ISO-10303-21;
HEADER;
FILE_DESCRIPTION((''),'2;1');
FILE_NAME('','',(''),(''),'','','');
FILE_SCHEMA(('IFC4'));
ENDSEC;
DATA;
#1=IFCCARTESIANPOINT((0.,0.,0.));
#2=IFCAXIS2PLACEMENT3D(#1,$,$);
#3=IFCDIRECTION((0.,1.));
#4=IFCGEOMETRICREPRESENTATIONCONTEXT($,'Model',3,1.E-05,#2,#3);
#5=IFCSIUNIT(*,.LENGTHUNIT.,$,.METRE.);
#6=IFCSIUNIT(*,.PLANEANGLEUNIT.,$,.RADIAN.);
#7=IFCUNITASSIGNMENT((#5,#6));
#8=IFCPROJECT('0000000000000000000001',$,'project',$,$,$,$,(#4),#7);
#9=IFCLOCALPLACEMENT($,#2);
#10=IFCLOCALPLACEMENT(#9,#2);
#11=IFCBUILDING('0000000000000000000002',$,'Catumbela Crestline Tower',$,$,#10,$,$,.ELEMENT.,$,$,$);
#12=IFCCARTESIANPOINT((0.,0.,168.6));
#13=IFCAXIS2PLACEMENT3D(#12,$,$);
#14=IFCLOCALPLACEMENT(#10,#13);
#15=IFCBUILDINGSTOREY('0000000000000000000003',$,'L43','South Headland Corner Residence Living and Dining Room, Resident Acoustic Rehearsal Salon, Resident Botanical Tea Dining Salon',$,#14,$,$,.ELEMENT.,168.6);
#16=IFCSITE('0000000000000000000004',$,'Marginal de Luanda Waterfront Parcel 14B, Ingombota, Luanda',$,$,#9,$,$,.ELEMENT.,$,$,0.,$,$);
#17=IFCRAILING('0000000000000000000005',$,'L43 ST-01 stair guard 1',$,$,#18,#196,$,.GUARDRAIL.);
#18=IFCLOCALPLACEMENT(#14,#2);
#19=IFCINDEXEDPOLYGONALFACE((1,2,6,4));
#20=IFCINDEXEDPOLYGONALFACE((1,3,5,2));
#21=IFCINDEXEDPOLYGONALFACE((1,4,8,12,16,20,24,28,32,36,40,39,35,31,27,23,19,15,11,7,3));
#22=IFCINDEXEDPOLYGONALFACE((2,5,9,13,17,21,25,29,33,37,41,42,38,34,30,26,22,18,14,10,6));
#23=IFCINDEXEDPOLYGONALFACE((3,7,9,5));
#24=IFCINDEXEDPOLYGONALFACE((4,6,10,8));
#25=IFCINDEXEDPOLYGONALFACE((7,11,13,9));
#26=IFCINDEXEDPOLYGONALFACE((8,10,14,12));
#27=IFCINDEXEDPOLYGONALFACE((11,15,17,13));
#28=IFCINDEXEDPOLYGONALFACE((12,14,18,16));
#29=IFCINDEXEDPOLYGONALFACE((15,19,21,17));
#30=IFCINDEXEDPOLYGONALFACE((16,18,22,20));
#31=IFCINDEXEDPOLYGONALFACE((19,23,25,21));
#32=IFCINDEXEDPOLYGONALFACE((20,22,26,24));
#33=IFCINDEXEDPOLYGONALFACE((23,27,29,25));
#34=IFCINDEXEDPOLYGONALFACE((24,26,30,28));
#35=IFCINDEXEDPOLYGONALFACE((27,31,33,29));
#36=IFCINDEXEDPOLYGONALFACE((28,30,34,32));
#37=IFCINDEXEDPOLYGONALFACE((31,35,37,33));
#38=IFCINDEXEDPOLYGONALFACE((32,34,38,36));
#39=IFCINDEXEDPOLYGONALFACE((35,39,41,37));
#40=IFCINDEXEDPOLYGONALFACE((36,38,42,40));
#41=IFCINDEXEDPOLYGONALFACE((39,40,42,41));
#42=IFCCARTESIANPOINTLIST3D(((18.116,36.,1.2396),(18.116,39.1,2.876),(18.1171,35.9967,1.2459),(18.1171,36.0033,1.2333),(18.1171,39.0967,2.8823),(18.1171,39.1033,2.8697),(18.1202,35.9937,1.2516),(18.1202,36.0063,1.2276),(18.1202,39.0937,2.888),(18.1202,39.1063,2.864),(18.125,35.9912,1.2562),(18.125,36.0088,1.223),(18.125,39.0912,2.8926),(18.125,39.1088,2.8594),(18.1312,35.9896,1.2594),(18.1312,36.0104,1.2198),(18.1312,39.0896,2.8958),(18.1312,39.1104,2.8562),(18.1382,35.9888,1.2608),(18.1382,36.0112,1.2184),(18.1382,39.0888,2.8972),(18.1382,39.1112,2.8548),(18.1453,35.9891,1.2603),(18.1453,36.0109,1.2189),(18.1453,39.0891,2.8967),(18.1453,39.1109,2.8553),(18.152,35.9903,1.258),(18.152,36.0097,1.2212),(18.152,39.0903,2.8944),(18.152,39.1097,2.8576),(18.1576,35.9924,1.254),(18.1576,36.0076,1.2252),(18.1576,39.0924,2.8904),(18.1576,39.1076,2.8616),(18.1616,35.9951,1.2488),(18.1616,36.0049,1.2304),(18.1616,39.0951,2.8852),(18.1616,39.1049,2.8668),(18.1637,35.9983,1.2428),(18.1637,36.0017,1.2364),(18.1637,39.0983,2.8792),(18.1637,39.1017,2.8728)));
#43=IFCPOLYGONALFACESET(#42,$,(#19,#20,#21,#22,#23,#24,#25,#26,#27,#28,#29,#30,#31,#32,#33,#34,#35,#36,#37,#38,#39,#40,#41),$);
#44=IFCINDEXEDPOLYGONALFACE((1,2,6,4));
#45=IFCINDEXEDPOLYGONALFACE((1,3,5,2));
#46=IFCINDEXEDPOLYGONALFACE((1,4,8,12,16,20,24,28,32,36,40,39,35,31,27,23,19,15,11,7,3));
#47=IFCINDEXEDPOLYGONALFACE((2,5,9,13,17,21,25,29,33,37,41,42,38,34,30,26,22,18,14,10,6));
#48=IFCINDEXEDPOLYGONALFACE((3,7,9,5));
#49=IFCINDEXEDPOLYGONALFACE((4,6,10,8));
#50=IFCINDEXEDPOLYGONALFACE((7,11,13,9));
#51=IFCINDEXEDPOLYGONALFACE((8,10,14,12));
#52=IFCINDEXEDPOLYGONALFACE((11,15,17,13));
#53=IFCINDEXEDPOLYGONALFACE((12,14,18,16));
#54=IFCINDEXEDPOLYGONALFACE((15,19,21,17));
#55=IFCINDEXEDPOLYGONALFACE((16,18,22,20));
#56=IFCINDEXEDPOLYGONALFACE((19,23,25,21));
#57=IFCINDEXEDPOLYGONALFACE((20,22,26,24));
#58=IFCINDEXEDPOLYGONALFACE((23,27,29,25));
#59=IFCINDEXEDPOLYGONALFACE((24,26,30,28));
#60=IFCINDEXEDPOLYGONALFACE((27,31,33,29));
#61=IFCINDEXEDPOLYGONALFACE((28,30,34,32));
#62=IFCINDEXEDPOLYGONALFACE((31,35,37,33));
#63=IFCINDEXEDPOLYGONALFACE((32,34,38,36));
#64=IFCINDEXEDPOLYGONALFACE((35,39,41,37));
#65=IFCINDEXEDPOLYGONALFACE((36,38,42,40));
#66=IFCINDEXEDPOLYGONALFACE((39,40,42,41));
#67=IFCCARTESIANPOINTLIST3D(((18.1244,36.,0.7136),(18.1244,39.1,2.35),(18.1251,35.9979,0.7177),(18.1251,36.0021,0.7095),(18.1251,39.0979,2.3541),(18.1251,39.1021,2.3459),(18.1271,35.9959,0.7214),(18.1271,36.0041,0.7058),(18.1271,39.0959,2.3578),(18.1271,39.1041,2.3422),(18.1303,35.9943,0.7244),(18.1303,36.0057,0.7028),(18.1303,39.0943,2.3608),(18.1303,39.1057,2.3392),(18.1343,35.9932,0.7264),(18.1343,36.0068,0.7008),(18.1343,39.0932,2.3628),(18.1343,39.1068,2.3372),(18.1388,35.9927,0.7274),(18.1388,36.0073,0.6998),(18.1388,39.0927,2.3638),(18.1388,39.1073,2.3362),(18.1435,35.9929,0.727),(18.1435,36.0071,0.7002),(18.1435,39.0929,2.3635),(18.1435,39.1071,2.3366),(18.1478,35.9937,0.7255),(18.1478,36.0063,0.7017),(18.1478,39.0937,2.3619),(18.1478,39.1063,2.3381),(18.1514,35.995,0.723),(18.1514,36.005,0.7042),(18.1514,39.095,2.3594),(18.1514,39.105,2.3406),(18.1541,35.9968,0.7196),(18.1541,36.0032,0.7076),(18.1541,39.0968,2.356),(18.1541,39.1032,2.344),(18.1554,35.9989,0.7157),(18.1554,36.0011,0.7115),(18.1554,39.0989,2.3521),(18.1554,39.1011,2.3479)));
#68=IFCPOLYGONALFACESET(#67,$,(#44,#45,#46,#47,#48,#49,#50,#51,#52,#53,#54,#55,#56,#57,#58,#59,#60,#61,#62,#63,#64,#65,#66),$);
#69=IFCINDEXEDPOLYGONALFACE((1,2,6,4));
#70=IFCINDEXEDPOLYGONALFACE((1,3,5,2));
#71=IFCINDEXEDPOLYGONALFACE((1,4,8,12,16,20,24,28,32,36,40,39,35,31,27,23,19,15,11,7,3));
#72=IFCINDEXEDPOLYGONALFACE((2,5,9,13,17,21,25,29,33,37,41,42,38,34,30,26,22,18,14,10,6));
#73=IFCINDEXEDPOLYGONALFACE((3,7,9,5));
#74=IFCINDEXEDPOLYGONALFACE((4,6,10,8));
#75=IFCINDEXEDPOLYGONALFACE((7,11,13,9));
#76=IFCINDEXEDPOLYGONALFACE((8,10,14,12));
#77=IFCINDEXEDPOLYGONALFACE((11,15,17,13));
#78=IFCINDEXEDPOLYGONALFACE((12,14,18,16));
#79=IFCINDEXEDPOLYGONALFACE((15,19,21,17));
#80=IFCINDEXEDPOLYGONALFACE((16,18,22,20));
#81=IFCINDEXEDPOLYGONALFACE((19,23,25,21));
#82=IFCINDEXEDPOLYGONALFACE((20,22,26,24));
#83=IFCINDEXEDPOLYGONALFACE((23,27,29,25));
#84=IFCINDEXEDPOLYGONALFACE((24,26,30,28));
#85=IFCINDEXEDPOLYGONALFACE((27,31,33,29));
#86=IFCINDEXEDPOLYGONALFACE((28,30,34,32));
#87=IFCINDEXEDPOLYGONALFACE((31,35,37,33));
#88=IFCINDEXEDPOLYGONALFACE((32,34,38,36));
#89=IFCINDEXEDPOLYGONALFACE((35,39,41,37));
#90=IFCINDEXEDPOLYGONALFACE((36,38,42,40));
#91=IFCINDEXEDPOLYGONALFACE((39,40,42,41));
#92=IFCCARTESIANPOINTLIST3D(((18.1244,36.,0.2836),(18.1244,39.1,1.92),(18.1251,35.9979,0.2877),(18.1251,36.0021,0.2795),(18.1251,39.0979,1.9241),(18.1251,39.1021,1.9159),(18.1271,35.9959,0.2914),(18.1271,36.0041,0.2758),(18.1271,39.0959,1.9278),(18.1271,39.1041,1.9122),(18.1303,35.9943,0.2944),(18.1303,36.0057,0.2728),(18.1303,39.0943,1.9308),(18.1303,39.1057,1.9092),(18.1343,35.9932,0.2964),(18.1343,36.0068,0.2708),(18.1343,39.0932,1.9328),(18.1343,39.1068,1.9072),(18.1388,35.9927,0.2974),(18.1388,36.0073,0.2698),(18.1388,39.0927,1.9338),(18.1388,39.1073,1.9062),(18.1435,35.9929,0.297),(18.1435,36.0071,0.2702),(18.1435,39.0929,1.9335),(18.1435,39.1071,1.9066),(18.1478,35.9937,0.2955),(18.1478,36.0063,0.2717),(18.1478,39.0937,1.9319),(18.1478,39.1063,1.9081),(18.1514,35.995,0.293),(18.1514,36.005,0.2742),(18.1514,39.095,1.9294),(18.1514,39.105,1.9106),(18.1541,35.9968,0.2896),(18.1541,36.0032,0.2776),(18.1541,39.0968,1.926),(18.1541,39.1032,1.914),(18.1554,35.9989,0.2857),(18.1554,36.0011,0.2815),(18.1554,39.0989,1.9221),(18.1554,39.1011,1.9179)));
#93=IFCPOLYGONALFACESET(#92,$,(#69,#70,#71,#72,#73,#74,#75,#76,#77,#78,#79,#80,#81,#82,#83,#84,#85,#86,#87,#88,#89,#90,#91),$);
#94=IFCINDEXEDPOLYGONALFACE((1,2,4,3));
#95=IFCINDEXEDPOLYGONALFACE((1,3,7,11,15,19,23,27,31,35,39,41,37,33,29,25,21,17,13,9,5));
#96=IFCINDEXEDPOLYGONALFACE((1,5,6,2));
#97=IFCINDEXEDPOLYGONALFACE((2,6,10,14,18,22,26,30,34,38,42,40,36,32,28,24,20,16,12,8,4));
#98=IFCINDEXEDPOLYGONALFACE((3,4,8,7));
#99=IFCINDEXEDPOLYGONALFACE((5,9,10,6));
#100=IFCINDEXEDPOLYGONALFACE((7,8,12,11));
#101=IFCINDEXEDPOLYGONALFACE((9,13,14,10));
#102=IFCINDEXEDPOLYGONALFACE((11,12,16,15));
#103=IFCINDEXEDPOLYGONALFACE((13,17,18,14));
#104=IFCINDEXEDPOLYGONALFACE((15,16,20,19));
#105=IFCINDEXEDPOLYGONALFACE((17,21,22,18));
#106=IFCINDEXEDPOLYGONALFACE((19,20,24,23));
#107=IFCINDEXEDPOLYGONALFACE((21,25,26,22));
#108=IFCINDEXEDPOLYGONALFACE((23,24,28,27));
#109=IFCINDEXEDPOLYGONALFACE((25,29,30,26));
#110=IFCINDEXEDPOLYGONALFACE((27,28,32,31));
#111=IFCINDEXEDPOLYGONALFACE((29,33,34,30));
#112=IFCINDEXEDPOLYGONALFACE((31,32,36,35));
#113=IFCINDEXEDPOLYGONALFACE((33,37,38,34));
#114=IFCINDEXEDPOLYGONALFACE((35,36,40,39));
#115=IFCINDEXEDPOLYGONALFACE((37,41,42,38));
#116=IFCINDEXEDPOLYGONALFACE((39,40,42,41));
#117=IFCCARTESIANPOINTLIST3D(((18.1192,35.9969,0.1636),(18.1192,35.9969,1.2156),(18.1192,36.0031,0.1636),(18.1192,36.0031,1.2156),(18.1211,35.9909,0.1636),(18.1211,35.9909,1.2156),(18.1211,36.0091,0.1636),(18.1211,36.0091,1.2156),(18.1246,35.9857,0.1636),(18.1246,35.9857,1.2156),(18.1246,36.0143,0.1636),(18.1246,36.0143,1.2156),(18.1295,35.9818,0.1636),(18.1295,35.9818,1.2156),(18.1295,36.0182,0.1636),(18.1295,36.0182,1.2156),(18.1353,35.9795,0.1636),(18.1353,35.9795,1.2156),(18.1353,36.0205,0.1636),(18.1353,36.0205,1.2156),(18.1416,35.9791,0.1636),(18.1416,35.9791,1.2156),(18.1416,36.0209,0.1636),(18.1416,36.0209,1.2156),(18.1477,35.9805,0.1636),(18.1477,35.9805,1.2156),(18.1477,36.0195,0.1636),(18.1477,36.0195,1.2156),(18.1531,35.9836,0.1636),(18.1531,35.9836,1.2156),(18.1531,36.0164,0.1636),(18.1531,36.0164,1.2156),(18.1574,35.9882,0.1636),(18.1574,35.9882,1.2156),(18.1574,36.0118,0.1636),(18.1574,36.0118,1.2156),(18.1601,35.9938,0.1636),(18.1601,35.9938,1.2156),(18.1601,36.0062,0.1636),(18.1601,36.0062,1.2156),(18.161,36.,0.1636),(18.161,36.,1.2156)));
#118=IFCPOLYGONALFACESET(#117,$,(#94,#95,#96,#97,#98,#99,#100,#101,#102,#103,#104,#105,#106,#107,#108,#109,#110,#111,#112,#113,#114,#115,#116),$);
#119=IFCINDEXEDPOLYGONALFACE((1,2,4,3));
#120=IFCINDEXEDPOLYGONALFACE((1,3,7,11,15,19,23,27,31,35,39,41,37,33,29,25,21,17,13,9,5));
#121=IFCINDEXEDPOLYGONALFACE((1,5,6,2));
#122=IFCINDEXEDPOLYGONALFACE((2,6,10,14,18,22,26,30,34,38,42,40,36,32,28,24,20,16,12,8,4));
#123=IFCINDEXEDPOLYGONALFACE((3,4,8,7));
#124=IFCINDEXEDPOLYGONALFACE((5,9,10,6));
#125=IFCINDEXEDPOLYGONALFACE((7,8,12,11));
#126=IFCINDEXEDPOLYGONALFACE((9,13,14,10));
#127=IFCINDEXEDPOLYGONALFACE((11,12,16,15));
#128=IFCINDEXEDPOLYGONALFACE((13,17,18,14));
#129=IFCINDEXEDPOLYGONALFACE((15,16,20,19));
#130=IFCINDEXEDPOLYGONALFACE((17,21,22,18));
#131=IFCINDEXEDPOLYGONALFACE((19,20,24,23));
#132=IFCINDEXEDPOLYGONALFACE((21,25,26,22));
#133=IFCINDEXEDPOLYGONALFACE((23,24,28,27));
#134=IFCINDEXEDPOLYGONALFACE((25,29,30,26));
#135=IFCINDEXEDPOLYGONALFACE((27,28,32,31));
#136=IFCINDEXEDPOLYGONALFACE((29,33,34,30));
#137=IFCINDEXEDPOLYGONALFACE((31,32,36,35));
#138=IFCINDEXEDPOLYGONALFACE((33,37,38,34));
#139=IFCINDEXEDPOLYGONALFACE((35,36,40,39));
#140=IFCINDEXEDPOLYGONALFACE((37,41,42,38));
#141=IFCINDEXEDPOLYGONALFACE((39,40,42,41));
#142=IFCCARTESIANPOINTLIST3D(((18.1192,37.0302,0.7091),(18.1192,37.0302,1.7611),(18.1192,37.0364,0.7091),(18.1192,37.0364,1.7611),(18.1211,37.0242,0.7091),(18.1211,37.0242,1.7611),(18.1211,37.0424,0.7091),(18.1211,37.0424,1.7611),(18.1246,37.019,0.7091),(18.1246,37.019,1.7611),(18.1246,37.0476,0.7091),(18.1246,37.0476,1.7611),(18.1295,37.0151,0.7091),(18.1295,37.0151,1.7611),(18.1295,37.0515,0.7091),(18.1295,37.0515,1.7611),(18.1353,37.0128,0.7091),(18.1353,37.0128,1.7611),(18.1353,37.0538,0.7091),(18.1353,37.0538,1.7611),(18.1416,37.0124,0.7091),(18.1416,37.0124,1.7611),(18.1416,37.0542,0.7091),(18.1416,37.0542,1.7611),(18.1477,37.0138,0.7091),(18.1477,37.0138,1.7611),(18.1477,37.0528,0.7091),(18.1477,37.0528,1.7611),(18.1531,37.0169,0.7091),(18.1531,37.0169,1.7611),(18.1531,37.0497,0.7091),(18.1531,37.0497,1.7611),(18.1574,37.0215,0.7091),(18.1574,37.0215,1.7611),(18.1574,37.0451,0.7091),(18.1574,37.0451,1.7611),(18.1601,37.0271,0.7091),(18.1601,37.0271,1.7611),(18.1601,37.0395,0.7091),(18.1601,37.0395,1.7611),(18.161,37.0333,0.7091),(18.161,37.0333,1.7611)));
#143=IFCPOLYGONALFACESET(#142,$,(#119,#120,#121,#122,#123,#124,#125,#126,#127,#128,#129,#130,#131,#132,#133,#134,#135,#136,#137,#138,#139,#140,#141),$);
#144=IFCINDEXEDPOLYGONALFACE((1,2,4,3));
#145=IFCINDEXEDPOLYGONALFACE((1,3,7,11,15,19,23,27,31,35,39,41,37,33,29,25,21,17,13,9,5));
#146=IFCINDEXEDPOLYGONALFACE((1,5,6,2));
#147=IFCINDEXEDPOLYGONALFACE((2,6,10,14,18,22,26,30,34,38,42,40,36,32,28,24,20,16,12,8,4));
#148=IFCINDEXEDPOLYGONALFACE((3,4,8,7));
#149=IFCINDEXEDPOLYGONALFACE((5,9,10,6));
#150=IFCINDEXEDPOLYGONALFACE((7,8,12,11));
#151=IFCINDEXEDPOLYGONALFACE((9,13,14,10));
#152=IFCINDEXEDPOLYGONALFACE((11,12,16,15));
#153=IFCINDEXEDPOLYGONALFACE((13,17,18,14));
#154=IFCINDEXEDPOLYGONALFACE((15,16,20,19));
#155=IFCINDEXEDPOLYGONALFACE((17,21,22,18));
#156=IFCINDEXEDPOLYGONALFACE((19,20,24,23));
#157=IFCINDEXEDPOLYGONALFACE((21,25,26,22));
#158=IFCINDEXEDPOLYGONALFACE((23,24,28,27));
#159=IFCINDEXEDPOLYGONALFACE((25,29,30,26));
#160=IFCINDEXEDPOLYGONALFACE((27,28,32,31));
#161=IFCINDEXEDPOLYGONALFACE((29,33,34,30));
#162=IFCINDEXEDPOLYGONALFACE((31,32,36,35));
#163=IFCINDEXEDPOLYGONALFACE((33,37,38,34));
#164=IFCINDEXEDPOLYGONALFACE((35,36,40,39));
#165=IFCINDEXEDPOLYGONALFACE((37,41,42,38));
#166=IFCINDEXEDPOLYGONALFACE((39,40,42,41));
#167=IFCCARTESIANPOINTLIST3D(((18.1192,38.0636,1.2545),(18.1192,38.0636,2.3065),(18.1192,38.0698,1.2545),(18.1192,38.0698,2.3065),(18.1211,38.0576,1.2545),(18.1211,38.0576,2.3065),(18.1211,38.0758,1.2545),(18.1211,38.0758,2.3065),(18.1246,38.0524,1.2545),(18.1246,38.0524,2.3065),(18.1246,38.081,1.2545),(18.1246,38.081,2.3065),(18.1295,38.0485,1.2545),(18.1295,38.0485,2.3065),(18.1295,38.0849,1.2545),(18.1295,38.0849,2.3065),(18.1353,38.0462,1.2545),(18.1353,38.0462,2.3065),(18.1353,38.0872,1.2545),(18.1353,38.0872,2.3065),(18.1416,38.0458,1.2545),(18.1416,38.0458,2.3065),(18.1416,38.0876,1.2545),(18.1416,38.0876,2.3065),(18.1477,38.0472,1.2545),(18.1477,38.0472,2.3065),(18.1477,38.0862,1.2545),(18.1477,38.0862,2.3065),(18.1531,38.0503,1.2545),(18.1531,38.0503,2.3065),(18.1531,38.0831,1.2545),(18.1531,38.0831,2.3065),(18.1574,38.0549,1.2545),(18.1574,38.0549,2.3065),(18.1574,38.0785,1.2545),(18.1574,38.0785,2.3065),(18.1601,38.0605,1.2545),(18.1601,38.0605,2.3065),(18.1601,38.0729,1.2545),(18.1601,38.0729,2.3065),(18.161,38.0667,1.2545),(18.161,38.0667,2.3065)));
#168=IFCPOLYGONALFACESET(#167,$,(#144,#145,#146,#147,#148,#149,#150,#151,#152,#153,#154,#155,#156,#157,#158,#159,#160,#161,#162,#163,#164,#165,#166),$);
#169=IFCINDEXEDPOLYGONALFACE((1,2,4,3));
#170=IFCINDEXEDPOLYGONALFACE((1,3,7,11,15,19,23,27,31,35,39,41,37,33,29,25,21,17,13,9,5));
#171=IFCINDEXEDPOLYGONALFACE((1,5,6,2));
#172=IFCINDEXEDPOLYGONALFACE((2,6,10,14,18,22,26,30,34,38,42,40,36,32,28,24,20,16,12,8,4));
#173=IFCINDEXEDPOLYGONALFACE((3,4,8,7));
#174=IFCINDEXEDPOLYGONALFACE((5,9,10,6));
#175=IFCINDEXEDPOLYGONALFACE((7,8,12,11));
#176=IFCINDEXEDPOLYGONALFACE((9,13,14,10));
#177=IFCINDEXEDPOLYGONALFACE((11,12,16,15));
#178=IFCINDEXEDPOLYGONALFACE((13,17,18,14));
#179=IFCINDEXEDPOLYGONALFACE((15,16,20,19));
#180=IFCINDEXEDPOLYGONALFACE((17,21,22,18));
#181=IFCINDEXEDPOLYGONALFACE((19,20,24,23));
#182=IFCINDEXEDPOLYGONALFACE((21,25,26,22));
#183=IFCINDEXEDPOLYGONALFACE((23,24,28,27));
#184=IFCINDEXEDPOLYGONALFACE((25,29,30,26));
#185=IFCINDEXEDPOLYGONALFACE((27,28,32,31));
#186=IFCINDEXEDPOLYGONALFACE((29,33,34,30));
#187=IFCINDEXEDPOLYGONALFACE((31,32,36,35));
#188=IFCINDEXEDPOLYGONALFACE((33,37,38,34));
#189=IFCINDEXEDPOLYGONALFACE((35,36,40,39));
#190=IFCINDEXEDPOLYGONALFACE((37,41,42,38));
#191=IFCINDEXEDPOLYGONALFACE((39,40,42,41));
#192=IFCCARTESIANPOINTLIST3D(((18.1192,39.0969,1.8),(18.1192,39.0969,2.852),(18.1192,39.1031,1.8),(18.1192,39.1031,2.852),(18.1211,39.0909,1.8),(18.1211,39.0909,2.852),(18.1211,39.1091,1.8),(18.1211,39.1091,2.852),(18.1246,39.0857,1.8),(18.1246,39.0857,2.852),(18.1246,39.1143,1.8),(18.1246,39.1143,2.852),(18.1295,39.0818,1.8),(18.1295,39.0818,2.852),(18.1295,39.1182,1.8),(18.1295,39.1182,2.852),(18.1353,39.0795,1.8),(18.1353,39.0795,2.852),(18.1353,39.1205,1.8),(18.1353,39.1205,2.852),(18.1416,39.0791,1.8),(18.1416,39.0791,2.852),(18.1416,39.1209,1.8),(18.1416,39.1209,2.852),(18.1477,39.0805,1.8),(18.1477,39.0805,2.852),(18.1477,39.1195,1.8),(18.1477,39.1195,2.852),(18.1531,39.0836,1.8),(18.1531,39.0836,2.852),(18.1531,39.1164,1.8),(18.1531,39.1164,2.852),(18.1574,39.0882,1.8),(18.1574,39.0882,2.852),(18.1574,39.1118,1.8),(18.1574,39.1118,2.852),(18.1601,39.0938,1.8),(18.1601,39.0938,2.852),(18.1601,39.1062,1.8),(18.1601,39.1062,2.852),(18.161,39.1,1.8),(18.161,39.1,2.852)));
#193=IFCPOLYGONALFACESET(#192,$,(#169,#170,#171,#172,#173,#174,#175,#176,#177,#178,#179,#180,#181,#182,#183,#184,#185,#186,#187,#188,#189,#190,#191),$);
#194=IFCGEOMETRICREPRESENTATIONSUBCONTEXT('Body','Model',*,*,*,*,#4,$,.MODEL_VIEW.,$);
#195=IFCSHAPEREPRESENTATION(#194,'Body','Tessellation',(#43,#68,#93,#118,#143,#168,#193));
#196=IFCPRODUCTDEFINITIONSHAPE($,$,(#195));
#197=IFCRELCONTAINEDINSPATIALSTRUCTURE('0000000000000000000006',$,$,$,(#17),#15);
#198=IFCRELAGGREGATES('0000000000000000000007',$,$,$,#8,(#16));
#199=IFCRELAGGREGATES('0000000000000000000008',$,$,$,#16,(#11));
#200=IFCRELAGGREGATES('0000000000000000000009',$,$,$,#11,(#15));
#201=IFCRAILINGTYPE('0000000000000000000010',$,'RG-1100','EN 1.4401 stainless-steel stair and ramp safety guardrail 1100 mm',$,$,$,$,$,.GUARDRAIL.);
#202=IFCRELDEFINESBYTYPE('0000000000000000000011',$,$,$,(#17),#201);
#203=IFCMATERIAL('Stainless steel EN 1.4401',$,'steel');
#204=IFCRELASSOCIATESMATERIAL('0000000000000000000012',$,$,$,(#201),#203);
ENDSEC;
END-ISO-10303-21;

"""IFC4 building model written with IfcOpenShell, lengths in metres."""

from ifc_helpers import new_model, si_unit, direction, frame, origin, origin_2d, place, context, subcontext, project, spatial, circle, extrude, material, type_object, element, save


model = new_model("IFC4")

# Units and contexts
model_context = context("Model", 3, precision=1e-05, world=origin(), true_north=direction((0.0, 1.0)))
body_context = subcontext(model_context, "Body", "Model", "MODEL_VIEW")
ifc_project = project(units=[si_unit("LENGTHUNIT", "METRE"), si_unit("PLANEANGLEUNIT", "RADIAN")], contexts=[model_context])

# Site, building, storey
site_placement = place(None, origin())
site = spatial("IfcSite", under=ifc_project, at=site_placement, Name="Marginal de Luanda Waterfront Parcel 14B, Ingombota, Luanda", CompositionType="ELEMENT", RefElevation=0.0)
building_placement = place(site_placement, origin())
building = spatial("IfcBuilding", under=site, at=building_placement, Name="Catumbela Crestline Tower", CompositionType="ELEMENT")
storey_placement = place(building_placement, frame((0.0, 0.0, 168.6)))
storey = spatial("IfcBuildingStorey", under=building, at=storey_placement, Name="L43", Description="South Headland Corner Residence Living and Dining Room, Resident Acoustic Rehearsal Salon, Resident Botanical Tea Dining Salon", CompositionType="ELEMENT", Elevation=168.6)

# Shared definitions
ifc_material_1 = material(Name="Stainless steel EN 1.4401", Category="steel")

# Railing
railing_type_1 = type_object("IfcRailingType", Name="RG-1100", Description="EN 1.4401 stainless-steel stair and ramp safety guardrail 1100 mm", PredefinedType="GUARDRAIL", material=ifc_material_1)
railing_1_placement = place(storey_placement, frame((18.14, 36.0, 0.1636)))
element("IfcRailing", 1, at=railing_1_placement, inside=storey, type_object=railing_type_1, Name="L43 ST-01 stair guard 1", PredefinedType="GUARDRAIL", context=body_context, shape_type="SweptSolid", body=[
    extrude(circle(Radius=0.024, at=origin_2d()), frame((0.0, 0.0, 1.076), z_axis=(0.0, 0.884351, 0.466823), x_axis=(-1.0, 0.0, 0.0)), (0.0, 0.0, 1.0), 3.5054),
    extrude(circle(Radius=0.0156, at=origin_2d()), frame((0.0, 0.0, 0.55), z_axis=(0.0, 0.884351, 0.466823), x_axis=(-1.0, 0.0, 0.0)), (0.0, 0.0, 1.0), 3.5054),
    extrude(circle(Radius=0.0156, at=origin_2d()), frame((0.0, 0.0, 0.12), z_axis=(0.0, 0.884351, 0.466823), x_axis=(-1.0, 0.0, 0.0)), (0.0, 0.0, 1.0), 3.5054),
    extrude(circle(Radius=0.021, at=origin_2d()), origin(), (0.0, 0.0, 1.0), 1.052),
    extrude(circle(Radius=0.021, at=origin_2d()), frame((0.0, 1.0333, 0.5455)), (0.0, 0.0, 1.0), 1.052),
    extrude(circle(Radius=0.021, at=origin_2d()), frame((0.0, 2.0667, 1.0909)), (0.0, 0.0, 1.0), 1.052),
    extrude(circle(Radius=0.021, at=origin_2d()), frame((0.0, 3.1, 1.6364)), (0.0, 0.0, 1.0), 1.052),
])

save(model, "model.ifc")
